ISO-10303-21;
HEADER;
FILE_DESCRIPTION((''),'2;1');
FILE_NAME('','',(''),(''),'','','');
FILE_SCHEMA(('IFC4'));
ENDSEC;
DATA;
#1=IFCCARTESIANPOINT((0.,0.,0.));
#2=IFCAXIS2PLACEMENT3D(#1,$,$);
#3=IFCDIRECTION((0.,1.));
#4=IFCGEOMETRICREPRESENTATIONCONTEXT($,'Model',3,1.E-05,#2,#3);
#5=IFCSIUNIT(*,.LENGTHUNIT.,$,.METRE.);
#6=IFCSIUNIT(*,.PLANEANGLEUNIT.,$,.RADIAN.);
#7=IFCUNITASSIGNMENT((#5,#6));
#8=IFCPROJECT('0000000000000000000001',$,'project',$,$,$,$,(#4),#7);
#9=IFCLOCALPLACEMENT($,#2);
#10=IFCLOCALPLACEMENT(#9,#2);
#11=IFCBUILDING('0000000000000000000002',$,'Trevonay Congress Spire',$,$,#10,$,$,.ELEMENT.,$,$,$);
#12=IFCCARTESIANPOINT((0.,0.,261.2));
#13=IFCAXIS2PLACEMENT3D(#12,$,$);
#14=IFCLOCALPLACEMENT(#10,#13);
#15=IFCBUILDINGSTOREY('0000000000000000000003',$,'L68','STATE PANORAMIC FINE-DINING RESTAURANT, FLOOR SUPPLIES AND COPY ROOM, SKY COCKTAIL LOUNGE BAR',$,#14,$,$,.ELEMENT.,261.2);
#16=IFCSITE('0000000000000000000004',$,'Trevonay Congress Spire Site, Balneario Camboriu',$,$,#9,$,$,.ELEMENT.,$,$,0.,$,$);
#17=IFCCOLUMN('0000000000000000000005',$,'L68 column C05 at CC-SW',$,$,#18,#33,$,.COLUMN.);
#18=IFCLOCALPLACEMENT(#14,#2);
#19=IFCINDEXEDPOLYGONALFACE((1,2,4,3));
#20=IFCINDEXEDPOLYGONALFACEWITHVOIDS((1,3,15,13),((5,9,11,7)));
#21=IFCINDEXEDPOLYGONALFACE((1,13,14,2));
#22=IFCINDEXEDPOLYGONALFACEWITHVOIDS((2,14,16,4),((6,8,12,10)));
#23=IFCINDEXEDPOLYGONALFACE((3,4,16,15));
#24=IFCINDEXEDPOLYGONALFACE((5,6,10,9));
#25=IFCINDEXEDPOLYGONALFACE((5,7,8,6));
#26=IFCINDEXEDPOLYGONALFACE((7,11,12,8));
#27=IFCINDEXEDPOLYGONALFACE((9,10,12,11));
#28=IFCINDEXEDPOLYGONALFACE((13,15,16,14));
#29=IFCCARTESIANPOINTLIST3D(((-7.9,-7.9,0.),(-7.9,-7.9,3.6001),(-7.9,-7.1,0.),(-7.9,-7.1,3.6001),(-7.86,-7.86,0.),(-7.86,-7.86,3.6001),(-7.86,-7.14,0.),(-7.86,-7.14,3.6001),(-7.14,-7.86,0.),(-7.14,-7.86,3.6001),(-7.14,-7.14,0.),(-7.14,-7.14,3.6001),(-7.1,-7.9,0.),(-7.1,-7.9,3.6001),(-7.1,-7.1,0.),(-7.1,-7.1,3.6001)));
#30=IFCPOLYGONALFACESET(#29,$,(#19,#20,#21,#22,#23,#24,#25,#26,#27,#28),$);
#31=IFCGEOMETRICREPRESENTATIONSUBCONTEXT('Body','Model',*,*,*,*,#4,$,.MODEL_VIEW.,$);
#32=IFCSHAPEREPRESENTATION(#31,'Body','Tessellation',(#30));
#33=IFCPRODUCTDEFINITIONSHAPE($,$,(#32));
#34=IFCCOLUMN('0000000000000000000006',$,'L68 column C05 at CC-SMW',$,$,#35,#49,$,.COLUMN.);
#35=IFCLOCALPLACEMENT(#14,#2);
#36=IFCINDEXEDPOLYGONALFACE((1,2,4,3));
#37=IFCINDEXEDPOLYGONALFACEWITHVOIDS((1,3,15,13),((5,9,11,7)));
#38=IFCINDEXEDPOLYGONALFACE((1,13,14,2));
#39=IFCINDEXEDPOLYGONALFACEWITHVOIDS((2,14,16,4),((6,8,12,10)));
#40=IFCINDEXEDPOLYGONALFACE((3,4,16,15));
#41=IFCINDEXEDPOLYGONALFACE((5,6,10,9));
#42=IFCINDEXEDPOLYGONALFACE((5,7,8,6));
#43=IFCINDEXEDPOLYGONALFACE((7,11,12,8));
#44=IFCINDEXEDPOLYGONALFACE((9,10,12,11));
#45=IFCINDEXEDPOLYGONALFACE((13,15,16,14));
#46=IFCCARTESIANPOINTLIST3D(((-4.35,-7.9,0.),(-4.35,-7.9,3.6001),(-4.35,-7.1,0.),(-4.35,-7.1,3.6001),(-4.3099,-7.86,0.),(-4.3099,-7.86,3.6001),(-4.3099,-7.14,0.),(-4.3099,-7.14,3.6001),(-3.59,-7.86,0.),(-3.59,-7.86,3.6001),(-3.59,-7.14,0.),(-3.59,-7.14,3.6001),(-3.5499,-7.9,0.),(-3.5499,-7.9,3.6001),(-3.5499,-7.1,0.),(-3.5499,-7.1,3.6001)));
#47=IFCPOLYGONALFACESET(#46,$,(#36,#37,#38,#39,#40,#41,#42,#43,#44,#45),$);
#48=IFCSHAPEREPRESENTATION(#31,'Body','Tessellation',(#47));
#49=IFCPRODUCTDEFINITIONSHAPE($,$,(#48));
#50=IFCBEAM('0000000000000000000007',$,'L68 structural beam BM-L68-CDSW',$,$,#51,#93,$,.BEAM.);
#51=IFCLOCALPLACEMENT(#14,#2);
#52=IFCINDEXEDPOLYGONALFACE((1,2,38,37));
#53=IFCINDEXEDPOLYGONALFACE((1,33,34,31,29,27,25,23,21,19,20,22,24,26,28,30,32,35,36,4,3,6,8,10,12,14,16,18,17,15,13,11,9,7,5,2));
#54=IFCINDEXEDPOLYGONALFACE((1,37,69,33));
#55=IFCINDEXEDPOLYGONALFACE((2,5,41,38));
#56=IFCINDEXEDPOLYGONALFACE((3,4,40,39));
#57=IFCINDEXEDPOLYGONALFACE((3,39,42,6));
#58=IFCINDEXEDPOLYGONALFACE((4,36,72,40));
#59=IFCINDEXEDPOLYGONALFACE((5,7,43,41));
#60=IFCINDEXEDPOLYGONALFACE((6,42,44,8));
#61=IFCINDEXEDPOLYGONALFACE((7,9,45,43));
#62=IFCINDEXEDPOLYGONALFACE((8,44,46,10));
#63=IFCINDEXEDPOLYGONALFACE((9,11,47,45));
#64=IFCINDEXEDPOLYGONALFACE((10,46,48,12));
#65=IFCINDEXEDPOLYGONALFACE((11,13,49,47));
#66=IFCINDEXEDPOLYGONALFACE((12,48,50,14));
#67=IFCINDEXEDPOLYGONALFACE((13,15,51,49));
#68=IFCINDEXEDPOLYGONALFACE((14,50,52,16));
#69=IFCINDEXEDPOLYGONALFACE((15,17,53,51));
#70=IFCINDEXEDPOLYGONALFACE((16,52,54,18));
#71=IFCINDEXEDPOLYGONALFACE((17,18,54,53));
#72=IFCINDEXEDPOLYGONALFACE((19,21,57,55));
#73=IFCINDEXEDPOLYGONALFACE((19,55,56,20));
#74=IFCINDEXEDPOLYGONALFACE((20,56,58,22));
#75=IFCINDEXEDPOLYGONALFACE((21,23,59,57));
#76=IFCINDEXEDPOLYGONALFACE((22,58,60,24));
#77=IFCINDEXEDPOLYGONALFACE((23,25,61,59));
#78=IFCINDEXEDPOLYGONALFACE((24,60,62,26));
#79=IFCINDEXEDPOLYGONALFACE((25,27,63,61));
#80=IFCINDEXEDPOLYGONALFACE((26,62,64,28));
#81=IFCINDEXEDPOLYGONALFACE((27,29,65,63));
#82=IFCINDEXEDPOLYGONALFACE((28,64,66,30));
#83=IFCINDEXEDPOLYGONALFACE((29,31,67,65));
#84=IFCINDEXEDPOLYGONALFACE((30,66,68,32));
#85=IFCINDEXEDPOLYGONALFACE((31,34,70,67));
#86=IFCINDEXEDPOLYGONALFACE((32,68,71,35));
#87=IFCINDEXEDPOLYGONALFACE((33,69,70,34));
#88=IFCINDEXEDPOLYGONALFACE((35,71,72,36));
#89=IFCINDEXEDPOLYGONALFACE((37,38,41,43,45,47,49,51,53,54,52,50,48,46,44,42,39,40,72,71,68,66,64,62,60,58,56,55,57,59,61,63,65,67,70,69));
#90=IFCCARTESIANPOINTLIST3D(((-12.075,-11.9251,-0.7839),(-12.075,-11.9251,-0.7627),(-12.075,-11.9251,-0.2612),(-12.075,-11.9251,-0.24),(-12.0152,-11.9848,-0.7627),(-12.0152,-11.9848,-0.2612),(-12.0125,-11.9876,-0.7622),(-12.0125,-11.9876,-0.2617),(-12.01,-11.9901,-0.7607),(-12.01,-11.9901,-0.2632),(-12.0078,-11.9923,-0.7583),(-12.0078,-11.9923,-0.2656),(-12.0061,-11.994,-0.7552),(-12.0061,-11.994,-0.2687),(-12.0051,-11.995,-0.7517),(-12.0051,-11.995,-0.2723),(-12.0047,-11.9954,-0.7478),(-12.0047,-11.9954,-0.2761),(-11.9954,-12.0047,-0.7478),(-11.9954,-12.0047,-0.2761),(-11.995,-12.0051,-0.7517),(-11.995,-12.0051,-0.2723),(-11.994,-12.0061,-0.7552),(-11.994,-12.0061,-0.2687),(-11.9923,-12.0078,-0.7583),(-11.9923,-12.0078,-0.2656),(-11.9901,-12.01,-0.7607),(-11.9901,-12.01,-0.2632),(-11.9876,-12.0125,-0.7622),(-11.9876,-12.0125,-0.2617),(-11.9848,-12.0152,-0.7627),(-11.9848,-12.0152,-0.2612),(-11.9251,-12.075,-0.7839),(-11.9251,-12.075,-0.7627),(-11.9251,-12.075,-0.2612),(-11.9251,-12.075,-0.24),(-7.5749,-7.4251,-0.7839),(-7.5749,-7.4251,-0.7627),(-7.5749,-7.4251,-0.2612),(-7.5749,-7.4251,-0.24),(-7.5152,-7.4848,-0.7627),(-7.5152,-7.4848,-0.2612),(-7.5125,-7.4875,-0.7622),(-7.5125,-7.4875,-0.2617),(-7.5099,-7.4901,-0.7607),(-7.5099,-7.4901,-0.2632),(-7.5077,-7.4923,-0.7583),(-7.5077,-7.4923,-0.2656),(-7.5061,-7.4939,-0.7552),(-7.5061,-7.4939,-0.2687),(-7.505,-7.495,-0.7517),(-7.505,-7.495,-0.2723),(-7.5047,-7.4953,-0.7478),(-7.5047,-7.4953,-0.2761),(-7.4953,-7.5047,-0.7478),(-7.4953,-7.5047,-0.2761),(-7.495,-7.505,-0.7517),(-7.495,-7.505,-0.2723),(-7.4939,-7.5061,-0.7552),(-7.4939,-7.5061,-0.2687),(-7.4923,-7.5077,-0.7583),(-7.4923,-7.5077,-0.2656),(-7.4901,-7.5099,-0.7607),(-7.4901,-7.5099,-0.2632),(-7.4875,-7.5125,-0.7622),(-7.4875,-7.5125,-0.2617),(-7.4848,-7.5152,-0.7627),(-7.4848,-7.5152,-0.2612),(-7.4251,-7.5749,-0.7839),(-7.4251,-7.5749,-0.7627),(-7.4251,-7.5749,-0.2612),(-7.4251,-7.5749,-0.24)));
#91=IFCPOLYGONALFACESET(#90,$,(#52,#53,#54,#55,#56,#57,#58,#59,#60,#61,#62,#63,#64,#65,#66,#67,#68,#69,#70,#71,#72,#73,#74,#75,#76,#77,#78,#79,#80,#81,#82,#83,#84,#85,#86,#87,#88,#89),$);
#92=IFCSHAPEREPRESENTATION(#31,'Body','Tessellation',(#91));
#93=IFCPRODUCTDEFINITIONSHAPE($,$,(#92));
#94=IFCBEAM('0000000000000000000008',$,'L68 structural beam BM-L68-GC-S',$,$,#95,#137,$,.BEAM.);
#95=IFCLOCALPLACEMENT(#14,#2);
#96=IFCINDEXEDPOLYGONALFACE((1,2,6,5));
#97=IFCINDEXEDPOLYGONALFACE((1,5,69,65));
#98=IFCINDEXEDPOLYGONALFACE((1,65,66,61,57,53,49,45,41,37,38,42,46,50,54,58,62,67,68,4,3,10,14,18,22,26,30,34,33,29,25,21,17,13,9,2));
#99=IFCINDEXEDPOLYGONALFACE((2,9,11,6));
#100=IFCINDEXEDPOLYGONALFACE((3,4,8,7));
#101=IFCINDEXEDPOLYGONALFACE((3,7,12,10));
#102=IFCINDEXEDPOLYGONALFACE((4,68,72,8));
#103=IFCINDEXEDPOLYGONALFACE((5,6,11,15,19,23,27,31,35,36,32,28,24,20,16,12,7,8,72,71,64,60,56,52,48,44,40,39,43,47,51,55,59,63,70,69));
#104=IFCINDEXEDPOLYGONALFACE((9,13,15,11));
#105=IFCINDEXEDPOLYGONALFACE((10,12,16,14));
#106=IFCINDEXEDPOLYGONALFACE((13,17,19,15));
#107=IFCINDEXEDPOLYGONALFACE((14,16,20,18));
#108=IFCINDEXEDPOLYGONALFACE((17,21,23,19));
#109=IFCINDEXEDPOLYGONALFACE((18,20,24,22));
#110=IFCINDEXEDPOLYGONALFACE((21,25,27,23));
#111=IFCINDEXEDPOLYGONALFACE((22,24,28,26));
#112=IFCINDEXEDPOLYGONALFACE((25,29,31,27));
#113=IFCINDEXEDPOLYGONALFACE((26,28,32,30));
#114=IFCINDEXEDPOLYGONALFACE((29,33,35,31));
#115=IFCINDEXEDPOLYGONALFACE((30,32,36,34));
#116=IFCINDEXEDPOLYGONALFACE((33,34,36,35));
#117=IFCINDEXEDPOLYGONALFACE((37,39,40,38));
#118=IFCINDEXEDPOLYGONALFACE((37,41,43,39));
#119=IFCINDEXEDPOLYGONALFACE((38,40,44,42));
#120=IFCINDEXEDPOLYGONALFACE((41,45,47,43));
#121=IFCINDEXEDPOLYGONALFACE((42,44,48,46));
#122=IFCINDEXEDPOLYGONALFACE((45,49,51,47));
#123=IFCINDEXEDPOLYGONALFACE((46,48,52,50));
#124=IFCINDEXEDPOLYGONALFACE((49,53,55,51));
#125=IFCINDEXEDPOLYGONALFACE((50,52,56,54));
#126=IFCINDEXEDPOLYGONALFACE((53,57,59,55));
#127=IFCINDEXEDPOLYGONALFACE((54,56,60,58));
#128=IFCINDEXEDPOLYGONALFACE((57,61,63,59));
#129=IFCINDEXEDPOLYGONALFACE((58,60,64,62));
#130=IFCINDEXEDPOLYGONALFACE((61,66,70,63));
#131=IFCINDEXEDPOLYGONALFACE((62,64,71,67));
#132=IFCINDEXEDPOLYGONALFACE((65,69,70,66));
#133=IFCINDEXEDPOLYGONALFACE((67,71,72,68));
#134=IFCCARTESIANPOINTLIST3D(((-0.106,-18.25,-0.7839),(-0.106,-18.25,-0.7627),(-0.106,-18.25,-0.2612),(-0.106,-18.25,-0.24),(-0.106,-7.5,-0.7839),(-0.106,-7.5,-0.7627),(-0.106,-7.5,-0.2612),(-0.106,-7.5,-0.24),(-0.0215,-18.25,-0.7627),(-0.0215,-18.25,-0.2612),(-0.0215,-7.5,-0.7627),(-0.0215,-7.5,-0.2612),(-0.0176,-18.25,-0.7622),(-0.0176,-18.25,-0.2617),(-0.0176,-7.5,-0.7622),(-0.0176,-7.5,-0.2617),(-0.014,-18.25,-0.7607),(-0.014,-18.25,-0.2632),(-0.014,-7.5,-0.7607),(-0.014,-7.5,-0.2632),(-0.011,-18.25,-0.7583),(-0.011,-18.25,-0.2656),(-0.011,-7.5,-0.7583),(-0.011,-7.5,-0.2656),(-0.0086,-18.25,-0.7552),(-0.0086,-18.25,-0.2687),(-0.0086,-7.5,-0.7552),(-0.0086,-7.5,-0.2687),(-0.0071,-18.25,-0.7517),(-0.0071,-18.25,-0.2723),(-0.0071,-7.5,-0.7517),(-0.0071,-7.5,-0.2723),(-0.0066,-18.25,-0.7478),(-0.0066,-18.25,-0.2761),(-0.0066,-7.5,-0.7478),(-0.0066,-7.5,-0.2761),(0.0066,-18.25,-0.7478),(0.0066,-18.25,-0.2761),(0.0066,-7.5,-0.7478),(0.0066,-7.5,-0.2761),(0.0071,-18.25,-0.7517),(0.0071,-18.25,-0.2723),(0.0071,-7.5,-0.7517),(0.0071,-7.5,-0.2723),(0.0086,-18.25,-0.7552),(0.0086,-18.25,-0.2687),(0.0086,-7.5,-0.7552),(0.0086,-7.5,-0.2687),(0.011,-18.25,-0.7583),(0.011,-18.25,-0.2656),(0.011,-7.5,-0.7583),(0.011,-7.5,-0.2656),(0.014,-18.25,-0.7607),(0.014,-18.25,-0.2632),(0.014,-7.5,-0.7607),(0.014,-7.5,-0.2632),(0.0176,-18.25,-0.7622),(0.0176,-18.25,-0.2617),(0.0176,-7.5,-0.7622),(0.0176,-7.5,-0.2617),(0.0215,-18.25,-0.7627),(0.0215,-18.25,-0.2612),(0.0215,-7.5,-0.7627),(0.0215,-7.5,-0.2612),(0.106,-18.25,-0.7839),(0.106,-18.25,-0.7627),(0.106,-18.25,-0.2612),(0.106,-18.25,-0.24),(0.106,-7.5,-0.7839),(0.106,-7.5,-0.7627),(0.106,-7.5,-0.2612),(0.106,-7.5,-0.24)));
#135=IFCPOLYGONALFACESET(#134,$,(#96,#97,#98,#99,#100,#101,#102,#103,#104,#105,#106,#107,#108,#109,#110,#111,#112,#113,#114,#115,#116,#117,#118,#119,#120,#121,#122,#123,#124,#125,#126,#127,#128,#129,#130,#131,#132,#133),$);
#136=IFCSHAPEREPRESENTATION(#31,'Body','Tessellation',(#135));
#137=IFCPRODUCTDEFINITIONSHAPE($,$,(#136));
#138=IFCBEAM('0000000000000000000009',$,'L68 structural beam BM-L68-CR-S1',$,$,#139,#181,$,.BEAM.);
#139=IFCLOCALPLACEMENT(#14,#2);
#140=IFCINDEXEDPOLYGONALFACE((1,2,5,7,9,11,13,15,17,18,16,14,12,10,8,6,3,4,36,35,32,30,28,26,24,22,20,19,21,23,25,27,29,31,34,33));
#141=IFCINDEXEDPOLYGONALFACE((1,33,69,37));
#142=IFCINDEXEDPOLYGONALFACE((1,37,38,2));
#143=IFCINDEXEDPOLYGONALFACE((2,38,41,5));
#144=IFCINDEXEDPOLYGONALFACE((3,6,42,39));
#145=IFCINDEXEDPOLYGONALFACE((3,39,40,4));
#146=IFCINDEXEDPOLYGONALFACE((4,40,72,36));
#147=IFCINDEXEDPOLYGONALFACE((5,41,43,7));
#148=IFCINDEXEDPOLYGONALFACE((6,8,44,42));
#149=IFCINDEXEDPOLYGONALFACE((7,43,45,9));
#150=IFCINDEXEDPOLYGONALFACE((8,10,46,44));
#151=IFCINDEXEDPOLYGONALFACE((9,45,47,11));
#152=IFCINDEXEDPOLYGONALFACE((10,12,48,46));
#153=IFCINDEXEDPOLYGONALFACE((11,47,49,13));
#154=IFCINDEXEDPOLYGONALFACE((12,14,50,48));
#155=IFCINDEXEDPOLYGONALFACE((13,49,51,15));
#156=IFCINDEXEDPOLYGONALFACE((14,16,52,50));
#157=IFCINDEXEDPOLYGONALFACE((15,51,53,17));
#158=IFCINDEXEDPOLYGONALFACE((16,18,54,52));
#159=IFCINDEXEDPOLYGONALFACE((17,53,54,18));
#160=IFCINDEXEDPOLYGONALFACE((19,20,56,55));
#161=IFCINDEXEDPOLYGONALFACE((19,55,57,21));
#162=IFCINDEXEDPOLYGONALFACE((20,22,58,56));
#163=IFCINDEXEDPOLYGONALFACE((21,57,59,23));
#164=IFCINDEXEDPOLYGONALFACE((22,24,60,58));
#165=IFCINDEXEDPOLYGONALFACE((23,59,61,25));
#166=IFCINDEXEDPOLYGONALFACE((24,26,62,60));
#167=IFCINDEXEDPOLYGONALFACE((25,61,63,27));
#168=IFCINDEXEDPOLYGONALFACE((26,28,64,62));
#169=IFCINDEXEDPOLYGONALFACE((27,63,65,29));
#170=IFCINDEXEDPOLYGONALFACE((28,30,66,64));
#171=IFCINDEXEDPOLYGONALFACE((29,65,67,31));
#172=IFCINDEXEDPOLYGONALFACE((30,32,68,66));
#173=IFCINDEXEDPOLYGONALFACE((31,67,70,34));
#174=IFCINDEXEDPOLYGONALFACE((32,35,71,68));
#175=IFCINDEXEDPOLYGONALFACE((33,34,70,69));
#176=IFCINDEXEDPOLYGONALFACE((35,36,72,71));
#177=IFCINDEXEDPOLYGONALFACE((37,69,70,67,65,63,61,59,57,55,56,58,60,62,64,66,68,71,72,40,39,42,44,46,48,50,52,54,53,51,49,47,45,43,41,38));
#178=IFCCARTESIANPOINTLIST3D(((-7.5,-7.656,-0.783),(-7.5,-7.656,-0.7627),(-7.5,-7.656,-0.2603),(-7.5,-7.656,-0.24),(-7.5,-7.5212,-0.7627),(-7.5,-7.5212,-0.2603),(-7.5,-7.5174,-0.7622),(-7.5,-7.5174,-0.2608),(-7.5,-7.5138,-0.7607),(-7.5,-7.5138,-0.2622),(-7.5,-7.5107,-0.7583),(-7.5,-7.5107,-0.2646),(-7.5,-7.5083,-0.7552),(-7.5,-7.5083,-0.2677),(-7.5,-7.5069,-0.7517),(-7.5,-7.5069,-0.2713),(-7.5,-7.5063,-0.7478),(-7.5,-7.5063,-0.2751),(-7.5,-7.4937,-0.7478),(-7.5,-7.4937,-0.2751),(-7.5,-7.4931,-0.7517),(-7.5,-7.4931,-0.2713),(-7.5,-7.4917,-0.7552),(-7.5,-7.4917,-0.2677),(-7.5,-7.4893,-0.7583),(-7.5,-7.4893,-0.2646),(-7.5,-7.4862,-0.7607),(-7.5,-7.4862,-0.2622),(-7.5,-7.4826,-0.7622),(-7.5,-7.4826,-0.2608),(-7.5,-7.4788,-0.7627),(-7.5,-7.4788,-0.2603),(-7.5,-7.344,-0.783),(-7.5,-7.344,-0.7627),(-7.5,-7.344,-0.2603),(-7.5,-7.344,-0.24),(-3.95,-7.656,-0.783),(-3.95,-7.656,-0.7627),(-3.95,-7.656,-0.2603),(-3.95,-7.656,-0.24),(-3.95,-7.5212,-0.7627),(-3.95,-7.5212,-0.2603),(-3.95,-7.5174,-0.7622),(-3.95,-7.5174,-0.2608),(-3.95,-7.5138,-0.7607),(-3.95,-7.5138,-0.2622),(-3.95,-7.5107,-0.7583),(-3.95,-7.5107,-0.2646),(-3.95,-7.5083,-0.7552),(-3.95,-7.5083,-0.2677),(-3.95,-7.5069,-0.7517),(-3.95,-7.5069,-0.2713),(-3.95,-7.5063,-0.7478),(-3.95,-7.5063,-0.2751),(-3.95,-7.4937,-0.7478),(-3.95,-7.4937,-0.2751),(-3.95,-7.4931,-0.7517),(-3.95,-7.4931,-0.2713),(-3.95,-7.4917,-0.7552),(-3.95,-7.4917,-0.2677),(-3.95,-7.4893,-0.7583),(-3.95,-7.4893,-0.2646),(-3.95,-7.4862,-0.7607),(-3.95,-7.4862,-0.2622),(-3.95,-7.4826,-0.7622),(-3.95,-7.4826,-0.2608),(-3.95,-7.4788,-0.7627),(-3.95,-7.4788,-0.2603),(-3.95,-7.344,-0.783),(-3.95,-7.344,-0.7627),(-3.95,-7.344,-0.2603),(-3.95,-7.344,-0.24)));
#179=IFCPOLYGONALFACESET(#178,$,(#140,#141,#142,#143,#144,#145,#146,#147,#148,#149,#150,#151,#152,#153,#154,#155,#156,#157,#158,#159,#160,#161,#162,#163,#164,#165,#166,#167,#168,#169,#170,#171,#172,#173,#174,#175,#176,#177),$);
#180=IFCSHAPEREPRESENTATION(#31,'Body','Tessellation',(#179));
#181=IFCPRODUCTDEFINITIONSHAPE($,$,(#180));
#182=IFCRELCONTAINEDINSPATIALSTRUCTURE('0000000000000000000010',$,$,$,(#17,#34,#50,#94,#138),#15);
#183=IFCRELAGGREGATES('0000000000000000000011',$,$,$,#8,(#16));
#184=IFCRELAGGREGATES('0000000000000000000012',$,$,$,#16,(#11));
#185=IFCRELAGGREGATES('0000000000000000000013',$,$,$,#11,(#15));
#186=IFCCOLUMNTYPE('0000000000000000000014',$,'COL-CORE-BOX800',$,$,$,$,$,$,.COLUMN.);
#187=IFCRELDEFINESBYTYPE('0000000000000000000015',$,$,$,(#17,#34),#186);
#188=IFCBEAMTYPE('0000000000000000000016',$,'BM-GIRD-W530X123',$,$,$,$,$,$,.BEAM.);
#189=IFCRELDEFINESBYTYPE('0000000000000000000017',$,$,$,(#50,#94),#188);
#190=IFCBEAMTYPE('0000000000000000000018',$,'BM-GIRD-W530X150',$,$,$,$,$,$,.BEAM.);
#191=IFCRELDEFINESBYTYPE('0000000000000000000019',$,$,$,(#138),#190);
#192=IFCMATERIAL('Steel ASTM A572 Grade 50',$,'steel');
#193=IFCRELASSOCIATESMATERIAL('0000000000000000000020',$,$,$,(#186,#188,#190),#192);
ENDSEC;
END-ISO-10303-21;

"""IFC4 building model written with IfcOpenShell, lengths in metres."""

from ifc_helpers import new_model, si_unit, direction, frame, origin, origin_2d, place, context, subcontext, project, spatial, hollow_rectangle, i_section, extrude, material, material_profile, profile_set, type_object, element, save


model = new_model("IFC4")

# Units and contexts
model_context = context("Model", 3, precision=1e-05, world=origin(), true_north=direction((0.0, 1.0)))
body_context = subcontext(model_context, "Body", "Model", "MODEL_VIEW")
ifc_project = project(units=[si_unit("LENGTHUNIT", "METRE"), si_unit("PLANEANGLEUNIT", "RADIAN")], contexts=[model_context])

# Site, building, storey
site_placement = place(None, origin())
site = spatial("IfcSite", under=ifc_project, at=site_placement, Name="Trevonay Congress Spire Site, Balneario Camboriu", CompositionType="ELEMENT", RefElevation=0.0)
building_placement = place(site_placement, origin())
building = spatial("IfcBuilding", under=site, at=building_placement, Name="Trevonay Congress Spire", CompositionType="ELEMENT")
storey_placement = place(building_placement, frame((0.0, 0.0, 261.2)))
storey = spatial("IfcBuildingStorey", under=building, at=storey_placement, Name="L68", Description="STATE PANORAMIC FINE-DINING RESTAURANT, FLOOR SUPPLIES AND COPY ROOM, SKY COCKTAIL LOUNGE BAR", CompositionType="ELEMENT", Elevation=261.2)

# Columns
ifc_material_1 = material(Name="Steel ASTM A572 Grade 50", Category="steel")
ifc_material_profile_1 = material_profile(ifc_material_1, hollow_rectangle(XDim=0.8, YDim=0.8, WallThickness=0.04, at=origin_2d()), Name="BOX 800x800x40")
ifc_profile_set_1 = profile_set([ifc_material_profile_1], Name="Steel ASTM A572 Grade 50")
column_type = type_object("IfcColumnType", Name="COL-CORE-BOX800", PredefinedType="COLUMN", material=ifc_profile_set_1)
for number, where, z_axis, x_axis, name in (
    (1, (-7.5, -7.5, 0.0), (0.0, 0.0, 1.0), (1.0, 0.0, 0.0), "L68 column C05 at CC-SW"),
    (2, (-3.95, -7.5, 0.0), (0.0, 0.0, 1.0), (1.0, 0.0, 0.0), "L68 column C05 at CC-SMW"),
):
    element("IfcColumn", number, at=place(storey_placement, frame(where, z_axis=z_axis, x_axis=x_axis)), inside=storey, type_object=column_type, Name=name, PredefinedType="COLUMN", context=body_context, shape_type="SweptSolid", body=[
        extrude(hollow_rectangle(XDim=0.8, YDim=0.8, WallThickness=0.04, at=origin_2d()), origin(), (0.0, 0.0, 1.0), 3.6001),
    ])

# Beams
ifc_material_profile_2 = material_profile(ifc_material_1, i_section(OverallWidth=0.2119, OverallDepth=0.5439, WebThickness=0.0132, FlangeThickness=0.0212, FilletRadius=0.0149, at=origin_2d()), Name="W530x123")
ifc_profile_set_2 = profile_set([ifc_material_profile_2], Name="Steel ASTM A572 Grade 50")
beam_type_1 = type_object("IfcBeamType", Name="BM-GIRD-W530X123", PredefinedType="BEAM", material=ifc_profile_set_2)
beam_1_placement = place(storey_placement, frame((-7.5, -7.5, -0.512), z_axis=(-0.707107, -0.707107, 0.0), x_axis=(0.707107, -0.707107, 0.0)))
element("IfcBeam", 3, at=beam_1_placement, inside=storey, type_object=beam_type_1, Name="L68 structural beam BM-L68-CDSW", PredefinedType="BEAM", context=body_context, shape_type="SweptSolid", body=[
    extrude(i_section(OverallWidth=0.2119, OverallDepth=0.5439, WebThickness=0.0132, FlangeThickness=0.0212, FilletRadius=0.0149, at=origin_2d()), origin(), (0.0, 0.0, 1.0), 6.364),
])
beam_2_placement = place(storey_placement, frame((0.0, -7.5, -0.512), z_axis=(0.0, -1.0, 0.0), x_axis=(1.0, 0.0, 0.0)))
element("IfcBeam", 4, at=beam_2_placement, inside=storey, type_object=beam_type_1, Name="L68 structural beam BM-L68-GC-S", PredefinedType="BEAM", context=body_context, shape_type="SweptSolid", body=[
    extrude(i_section(OverallWidth=0.2119, OverallDepth=0.5439, WebThickness=0.0132, FlangeThickness=0.0212, FilletRadius=0.0149, at=origin_2d()), origin(), (0.0, 0.0, 1.0), 10.75),
])
ifc_material_profile_3 = material_profile(ifc_material_1, i_section(OverallWidth=0.312, OverallDepth=0.543, WebThickness=0.0127, FlangeThickness=0.0203, FilletRadius=0.0149, at=origin_2d()), Name="W530x150")
ifc_profile_set_3 = profile_set([ifc_material_profile_3], Name="Steel ASTM A572 Grade 50")
beam_type_2 = type_object("IfcBeamType", Name="BM-GIRD-W530X150", PredefinedType="BEAM", material=ifc_profile_set_3)
beam_3_placement = place(storey_placement, frame((-7.5, -7.5, -0.5115), z_axis=(1.0, 0.0, 0.0), x_axis=(0.0, 1.0, 0.0)))
element("IfcBeam", 5, at=beam_3_placement, inside=storey, type_object=beam_type_2, Name="L68 structural beam BM-L68-CR-S1", PredefinedType="BEAM", context=body_context, shape_type="SweptSolid", body=[
    extrude(i_section(OverallWidth=0.312, OverallDepth=0.543, WebThickness=0.0127, FlangeThickness=0.0203, FilletRadius=0.0149, at=origin_2d()), origin(), (0.0, 0.0, 1.0), 3.55),
])

save(model, "model.ifc")
